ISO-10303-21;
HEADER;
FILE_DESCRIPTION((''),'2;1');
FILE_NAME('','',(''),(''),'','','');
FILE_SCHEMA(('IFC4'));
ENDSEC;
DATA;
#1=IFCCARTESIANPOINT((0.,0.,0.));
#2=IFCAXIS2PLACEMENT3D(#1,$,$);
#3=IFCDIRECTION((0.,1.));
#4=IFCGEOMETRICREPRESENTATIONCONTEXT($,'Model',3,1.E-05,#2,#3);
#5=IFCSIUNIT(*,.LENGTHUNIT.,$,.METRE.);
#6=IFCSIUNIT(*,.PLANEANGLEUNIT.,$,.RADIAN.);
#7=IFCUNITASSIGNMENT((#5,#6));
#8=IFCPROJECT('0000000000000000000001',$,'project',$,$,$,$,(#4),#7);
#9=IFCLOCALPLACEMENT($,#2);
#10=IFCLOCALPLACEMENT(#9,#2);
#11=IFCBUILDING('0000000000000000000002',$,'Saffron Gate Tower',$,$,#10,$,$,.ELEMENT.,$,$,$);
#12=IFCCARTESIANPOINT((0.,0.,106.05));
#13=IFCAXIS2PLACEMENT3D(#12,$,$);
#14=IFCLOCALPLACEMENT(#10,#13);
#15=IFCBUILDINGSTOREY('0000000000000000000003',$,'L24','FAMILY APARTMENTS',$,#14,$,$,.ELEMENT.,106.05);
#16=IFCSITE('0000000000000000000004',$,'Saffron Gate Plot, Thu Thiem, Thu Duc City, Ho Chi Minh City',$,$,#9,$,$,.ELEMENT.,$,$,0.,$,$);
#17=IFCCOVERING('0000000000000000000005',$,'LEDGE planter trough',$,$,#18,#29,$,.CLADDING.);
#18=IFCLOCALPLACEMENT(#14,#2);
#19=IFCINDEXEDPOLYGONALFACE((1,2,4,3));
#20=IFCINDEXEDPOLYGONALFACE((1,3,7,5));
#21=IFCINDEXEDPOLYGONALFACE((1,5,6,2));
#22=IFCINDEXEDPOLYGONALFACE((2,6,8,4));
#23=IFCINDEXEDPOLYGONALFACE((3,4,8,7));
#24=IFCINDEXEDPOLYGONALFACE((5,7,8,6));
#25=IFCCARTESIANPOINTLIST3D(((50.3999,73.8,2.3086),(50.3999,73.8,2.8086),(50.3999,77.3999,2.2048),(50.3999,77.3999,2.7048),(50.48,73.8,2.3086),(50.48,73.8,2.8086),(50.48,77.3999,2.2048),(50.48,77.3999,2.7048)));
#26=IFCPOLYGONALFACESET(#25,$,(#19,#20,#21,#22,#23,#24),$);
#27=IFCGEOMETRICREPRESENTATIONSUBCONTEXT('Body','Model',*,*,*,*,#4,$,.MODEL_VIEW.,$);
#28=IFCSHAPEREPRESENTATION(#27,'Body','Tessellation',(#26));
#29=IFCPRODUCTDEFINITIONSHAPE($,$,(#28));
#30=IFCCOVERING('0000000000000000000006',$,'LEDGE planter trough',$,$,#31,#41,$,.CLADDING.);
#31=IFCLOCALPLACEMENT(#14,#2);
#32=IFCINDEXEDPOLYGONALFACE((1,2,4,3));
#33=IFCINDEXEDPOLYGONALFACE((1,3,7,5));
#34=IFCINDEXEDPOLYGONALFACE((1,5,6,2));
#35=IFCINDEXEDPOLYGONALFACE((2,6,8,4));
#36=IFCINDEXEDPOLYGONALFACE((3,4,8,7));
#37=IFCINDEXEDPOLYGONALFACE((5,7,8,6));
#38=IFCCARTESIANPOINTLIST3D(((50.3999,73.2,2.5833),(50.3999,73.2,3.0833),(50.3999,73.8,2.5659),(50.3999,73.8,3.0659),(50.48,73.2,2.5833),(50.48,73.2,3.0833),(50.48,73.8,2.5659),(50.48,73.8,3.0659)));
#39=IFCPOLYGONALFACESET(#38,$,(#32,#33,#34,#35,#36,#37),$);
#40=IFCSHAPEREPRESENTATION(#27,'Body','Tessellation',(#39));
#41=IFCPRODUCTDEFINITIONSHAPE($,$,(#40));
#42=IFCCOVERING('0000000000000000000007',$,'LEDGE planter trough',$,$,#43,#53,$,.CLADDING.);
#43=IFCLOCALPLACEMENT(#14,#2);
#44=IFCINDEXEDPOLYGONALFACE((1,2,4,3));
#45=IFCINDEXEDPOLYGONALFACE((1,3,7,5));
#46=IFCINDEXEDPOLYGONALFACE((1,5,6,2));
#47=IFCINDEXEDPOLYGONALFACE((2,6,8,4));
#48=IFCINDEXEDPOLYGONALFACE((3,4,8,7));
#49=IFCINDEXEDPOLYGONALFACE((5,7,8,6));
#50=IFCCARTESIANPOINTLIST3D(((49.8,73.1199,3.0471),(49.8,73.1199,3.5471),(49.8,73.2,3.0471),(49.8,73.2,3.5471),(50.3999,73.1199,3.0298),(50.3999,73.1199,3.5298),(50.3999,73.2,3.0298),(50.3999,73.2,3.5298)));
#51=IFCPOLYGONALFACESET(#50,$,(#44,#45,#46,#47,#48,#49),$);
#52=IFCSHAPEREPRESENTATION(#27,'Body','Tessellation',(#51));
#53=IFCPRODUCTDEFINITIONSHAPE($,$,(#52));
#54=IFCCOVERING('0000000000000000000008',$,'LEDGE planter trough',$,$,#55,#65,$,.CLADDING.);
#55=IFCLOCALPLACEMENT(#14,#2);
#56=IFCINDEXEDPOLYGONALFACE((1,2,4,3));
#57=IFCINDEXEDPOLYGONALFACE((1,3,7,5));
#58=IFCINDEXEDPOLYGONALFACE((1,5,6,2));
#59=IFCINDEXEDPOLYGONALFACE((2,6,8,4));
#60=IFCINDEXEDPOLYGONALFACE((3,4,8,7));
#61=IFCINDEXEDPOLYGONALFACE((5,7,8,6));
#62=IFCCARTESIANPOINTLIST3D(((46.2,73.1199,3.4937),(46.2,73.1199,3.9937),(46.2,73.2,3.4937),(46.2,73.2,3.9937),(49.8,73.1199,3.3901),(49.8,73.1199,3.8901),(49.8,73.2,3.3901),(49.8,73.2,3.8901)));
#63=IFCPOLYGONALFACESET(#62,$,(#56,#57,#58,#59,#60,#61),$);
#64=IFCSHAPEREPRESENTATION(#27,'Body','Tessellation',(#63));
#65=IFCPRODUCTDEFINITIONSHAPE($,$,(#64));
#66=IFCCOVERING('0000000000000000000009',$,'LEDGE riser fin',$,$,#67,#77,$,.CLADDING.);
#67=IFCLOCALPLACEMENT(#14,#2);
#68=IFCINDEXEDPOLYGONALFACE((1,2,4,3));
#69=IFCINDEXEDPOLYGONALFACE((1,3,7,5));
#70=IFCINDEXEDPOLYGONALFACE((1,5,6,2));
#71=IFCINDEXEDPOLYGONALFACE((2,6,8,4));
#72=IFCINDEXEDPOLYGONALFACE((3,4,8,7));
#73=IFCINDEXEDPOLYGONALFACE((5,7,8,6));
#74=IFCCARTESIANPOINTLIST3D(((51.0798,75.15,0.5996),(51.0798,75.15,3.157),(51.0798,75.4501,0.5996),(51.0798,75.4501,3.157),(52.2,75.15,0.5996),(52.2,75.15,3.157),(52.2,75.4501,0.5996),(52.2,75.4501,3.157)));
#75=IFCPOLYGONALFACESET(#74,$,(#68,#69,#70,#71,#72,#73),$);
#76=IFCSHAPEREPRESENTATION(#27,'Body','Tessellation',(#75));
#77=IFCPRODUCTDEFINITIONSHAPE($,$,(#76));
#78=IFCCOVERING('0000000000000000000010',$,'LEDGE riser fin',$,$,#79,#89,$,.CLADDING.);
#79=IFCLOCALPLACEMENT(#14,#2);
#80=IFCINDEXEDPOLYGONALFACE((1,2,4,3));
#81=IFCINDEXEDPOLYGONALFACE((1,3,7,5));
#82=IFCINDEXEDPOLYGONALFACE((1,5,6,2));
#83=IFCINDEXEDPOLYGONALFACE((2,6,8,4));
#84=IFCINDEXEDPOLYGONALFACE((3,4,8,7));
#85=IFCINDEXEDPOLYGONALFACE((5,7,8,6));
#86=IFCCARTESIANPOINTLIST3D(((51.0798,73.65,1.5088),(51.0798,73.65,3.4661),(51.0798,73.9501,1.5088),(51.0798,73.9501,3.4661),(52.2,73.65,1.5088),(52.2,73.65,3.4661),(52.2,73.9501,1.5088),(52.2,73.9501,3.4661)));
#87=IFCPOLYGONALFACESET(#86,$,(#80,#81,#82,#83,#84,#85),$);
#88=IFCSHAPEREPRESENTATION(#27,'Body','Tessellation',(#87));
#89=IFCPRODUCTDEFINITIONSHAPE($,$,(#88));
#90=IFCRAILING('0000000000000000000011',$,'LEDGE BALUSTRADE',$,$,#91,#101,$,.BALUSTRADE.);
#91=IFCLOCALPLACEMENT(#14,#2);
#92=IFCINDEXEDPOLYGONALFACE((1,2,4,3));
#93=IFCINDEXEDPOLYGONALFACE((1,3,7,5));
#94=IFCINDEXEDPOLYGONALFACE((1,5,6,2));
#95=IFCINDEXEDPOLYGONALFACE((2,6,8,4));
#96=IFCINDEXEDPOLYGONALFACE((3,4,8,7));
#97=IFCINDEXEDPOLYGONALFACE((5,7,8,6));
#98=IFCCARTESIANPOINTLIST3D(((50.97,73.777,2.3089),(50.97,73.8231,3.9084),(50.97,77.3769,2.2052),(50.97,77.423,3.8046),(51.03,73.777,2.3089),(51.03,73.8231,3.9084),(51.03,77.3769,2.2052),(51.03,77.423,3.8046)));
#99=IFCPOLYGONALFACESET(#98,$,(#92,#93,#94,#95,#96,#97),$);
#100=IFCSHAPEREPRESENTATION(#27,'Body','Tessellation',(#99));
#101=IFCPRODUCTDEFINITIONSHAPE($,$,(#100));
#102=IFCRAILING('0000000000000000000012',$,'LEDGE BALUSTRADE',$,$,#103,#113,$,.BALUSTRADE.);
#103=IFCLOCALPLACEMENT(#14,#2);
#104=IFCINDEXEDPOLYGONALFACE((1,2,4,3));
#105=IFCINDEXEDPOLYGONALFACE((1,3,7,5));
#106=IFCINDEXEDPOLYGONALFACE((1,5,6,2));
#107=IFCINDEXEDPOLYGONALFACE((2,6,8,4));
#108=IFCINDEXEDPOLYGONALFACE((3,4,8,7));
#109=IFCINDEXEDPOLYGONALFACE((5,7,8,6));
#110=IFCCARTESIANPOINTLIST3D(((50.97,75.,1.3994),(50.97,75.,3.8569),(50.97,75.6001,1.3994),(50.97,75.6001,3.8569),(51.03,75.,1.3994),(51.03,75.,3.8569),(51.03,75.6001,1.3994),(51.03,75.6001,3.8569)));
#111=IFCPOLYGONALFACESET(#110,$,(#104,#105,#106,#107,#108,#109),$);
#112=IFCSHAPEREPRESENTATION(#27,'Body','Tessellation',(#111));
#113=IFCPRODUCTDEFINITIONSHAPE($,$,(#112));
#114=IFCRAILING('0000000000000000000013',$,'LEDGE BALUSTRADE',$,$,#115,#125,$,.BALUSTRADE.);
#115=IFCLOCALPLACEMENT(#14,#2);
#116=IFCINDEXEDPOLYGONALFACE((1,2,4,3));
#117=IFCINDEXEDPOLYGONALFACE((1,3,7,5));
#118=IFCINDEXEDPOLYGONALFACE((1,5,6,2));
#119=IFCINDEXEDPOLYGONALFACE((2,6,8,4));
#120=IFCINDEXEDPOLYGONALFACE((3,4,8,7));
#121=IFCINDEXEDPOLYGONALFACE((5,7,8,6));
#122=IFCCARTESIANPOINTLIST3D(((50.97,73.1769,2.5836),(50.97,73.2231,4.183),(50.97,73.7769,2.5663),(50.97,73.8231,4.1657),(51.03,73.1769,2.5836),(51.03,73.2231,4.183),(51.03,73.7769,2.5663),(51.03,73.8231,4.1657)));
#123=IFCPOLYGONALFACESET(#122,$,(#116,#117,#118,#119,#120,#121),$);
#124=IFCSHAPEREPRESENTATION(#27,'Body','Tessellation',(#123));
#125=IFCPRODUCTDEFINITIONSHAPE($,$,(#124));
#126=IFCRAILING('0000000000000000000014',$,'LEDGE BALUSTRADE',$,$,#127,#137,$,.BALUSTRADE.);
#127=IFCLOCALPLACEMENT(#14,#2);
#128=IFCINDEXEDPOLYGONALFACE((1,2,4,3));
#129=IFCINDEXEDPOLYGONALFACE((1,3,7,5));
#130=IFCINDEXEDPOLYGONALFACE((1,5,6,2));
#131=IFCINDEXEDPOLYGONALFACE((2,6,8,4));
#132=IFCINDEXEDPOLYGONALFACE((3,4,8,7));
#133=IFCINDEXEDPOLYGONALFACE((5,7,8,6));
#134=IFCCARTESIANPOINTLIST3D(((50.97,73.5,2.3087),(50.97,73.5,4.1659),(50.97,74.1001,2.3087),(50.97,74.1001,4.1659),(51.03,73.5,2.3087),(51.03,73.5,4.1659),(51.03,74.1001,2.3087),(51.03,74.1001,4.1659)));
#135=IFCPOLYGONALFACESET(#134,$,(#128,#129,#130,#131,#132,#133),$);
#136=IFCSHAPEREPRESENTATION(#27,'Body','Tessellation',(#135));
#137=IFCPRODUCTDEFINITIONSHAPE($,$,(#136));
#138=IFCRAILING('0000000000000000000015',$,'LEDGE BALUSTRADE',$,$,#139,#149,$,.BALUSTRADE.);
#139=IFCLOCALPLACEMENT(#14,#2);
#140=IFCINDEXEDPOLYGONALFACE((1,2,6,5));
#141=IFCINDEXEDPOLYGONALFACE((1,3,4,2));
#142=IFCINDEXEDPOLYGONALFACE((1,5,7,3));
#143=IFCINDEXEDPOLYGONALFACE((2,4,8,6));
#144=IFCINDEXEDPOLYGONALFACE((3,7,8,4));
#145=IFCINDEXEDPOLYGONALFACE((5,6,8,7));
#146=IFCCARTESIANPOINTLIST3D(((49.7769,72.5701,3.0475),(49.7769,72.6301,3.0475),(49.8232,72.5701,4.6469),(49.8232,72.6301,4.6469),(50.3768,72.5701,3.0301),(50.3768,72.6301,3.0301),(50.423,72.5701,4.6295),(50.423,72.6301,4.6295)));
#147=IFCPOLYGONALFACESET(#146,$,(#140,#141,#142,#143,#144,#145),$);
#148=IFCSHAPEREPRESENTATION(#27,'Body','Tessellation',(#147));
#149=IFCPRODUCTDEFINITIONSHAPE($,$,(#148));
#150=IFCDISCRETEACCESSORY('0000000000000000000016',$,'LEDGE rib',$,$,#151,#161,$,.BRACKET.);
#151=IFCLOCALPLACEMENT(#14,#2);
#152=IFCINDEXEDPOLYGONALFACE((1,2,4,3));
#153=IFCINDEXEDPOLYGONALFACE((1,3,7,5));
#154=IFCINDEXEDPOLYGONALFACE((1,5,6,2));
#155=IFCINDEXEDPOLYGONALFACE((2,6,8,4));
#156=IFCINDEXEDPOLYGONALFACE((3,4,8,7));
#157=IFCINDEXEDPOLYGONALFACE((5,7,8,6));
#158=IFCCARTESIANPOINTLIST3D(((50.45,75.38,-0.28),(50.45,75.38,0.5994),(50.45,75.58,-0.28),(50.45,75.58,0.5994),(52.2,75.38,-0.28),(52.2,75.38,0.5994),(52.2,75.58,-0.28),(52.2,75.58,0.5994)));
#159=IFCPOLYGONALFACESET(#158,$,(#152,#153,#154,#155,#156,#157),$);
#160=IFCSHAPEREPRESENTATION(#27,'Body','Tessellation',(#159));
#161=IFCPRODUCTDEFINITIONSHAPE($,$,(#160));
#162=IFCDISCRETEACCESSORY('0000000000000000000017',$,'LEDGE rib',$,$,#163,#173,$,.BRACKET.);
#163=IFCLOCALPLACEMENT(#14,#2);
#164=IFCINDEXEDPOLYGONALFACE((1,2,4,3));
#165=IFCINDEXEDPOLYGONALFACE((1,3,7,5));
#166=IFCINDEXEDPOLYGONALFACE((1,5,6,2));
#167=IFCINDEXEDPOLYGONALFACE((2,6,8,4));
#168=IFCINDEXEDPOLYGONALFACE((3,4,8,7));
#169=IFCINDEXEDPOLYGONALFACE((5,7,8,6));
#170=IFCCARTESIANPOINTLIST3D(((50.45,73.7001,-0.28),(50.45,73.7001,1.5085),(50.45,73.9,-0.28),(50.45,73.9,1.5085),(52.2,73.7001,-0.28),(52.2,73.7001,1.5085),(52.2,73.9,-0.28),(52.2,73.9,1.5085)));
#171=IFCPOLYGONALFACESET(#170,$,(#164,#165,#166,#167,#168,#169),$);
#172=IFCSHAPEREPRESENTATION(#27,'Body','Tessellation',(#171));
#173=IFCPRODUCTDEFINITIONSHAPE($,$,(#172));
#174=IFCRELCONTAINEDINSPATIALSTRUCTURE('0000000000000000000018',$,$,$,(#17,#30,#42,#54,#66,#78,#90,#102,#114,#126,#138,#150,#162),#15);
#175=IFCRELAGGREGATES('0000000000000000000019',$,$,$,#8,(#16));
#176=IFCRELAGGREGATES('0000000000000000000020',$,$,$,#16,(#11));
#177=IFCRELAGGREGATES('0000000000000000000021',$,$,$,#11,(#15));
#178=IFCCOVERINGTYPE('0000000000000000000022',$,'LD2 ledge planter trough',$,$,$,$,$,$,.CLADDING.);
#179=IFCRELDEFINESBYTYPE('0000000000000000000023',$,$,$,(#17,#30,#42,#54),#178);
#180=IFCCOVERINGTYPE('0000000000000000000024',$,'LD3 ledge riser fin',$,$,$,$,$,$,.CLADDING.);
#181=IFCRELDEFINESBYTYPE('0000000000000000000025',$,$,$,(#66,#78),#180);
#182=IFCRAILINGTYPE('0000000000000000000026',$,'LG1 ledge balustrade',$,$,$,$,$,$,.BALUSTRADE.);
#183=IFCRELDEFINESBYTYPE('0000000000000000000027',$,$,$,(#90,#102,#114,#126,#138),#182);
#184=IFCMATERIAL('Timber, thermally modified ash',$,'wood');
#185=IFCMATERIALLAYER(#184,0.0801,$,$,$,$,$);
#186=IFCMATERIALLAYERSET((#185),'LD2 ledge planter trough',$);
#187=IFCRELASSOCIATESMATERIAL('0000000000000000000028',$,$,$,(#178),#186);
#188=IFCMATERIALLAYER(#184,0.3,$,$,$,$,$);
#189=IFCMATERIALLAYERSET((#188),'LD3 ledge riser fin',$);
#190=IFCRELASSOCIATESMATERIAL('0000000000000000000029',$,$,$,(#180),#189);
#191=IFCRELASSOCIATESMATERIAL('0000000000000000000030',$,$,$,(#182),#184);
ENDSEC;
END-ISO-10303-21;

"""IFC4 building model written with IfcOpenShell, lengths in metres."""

from ifc_helpers import new_model, si_unit, direction, frame, origin, origin_2d, place, context, subcontext, project, spatial, polyline, rectangle, outline, extrude, material, layer, layer_set, type_object, element, save


model = new_model("IFC4")

# Units and contexts
model_context = context("Model", 3, precision=1e-05, world=origin(), true_north=direction((0.0, 1.0)))
body_context = subcontext(model_context, "Body", "Model", "MODEL_VIEW")
ifc_project = project(units=[si_unit("LENGTHUNIT", "METRE"), si_unit("PLANEANGLEUNIT", "RADIAN")], contexts=[model_context])

# Site, building, storey
site_placement = place(None, origin())
site = spatial("IfcSite", under=ifc_project, at=site_placement, Name="Saffron Gate Plot, Thu Thiem, Thu Duc City, Ho Chi Minh City", CompositionType="ELEMENT", RefElevation=0.0)
building_placement = place(site_placement, origin())
building = spatial("IfcBuilding", under=site, at=building_placement, Name="Saffron Gate Tower", CompositionType="ELEMENT")
storey_placement = place(building_placement, frame((0.0, 0.0, 106.05)))
storey = spatial("IfcBuildingStorey", under=building, at=storey_placement, Name="L24", Description="FAMILY APARTMENTS", CompositionType="ELEMENT", Elevation=106.05)

# Coverings
ifc_material = material(Name="Timber, thermally modified ash", Category="wood")
ifc_layer_1 = layer(ifc_material, 0.0801)
ifc_layer_set_1 = layer_set([ifc_layer_1], Name="LD2 ledge planter trough")
covering_type_1 = type_object("IfcCoveringType", Name="LD2 ledge planter trough", PredefinedType="CLADDING", material=ifc_layer_set_1)
covering_1_placement = place(storey_placement, frame((50.3999, 77.3999, 2.2048), z_axis=(-1.0, 0.0, 0.0), x_axis=(0.0, -0.999585, 0.028811)))
element("IfcCovering", 1, at=covering_1_placement, inside=storey, type_object=covering_type_1, Name="LEDGE planter trough", PredefinedType="CLADDING", context=body_context, shape_type="SweptSolid", body=[
    extrude(outline(polyline([(0.0, 0.0), (3.6013, 0.0), (3.6158, 0.4998), (0.0144, 0.4998), (0.0, 0.0)])), origin(), (0.0, 0.0, -1.0), 0.0801),
])
covering_2_placement = place(storey_placement, frame((50.3999, 73.8, 2.5659), z_axis=(-1.0, 0.0, 0.0), x_axis=(0.0, -0.999583, 0.028873)))
element("IfcCovering", 2, at=covering_2_placement, inside=storey, type_object=covering_type_1, Name="LEDGE planter trough", PredefinedType="CLADDING", context=body_context, shape_type="SweptSolid", body=[
    extrude(outline(polyline([(0.0, 0.0), (0.6003, 0.0), (0.6148, 0.4998), (0.0144, 0.4998), (0.0, 0.0)])), origin(), (0.0, 0.0, -1.0), 0.0801),
])
covering_3_placement = place(storey_placement, frame((50.3999, 73.2, 3.0298), z_axis=(0.0, 1.0, 0.0), x_axis=(-0.999583, 0.0, 0.028885)))
element("IfcCovering", 3, at=covering_3_placement, inside=storey, type_object=covering_type_1, Name="LEDGE planter trough", PredefinedType="CLADDING", context=body_context, shape_type="SweptSolid", body=[
    extrude(outline(polyline([(0.0, 0.0), (0.6001, 0.0), (0.6145, 0.4998), (0.0144, 0.4998), (0.0, 0.0)])), origin(), (0.0, 0.0, -1.0), 0.0801),
])
covering_4_placement = place(storey_placement, frame((49.8, 73.2, 3.3901), z_axis=(0.0, 1.0, 0.0), x_axis=(-0.999587, 0.0, 0.028742)))
element("IfcCovering", 4, at=covering_4_placement, inside=storey, type_object=covering_type_1, Name="LEDGE planter trough", PredefinedType="CLADDING", context=body_context, shape_type="SweptSolid", body=[
    extrude(outline(polyline([(0.0, 0.0), (3.6016, 0.0), (3.616, 0.4998), (0.0144, 0.4998), (0.0, 0.0)])), origin(), (0.0, 0.0, -1.0), 0.0801),
])
ifc_layer_2 = layer(ifc_material, 0.3)
ifc_layer_set_2 = layer_set([ifc_layer_2], Name="LD3 ledge riser fin")
covering_type_2 = type_object("IfcCoveringType", Name="LD3 ledge riser fin", PredefinedType="CLADDING", material=ifc_layer_set_2)
covering_5_placement = place(storey_placement, frame((51.6399, 75.3, 0.5996), z_axis=(0.0, 0.0, 1.0), x_axis=(0.0, -1.0, 0.0)))
element("IfcCovering", 5, at=covering_5_placement, inside=storey, type_object=covering_type_2, Name="LEDGE riser fin", PredefinedType="CLADDING", context=body_context, shape_type="SweptSolid", body=[
    extrude(rectangle(XDim=0.3, YDim=1.1201, at=origin_2d()), origin(), (0.0, 0.0, 1.0), 2.5574),
])
covering_6_placement = place(storey_placement, frame((51.6399, 73.8, 1.5088), z_axis=(0.0, 0.0, 1.0), x_axis=(0.0, -1.0, 0.0)))
element("IfcCovering", 6, at=covering_6_placement, inside=storey, type_object=covering_type_2, Name="LEDGE riser fin", PredefinedType="CLADDING", context=body_context, shape_type="SweptSolid", body=[
    extrude(rectangle(XDim=0.3, YDim=1.1201, at=origin_2d()), origin(), (0.0, 0.0, 1.0), 1.9573),
])

# Railings
railing_type = type_object("IfcRailingType", Name="LG1 ledge balustrade", PredefinedType="BALUSTRADE", material=ifc_material)
railing_1_placement = place(storey_placement, frame((51.0, 77.3999, 2.2048)))
element("IfcRailing", 7, at=railing_1_placement, inside=storey, type_object=railing_type, Name="LEDGE BALUSTRADE", PredefinedType="BALUSTRADE", context=body_context, shape_type="SweptSolid", body=[
    extrude(rectangle(XDim=0.0601, YDim=1.6001, at=origin_2d()), frame((0.0, 0.0, 0.8), z_axis=(0.0, -0.999585, 0.028811), x_axis=(1.0, 0.0, 0.0)), (0.0, 0.0, 1.0), 3.6013),
])
railing_2_placement = place(storey_placement, frame((51.0, 75.6001, 1.3994)))
element("IfcRailing", 8, at=railing_2_placement, inside=storey, type_object=railing_type, Name="LEDGE BALUSTRADE", PredefinedType="BALUSTRADE", context=body_context, shape_type="SweptSolid", body=[
    extrude(rectangle(XDim=0.0601, YDim=2.4575, at=origin_2d()), frame((0.0, 0.0, 1.2288), z_axis=(0.0, -1.0, 0.0), x_axis=(1.0, 0.0, 0.0)), (0.0, 0.0, 1.0), 0.6001),
])
railing_3_placement = place(storey_placement, frame((51.0, 73.8, 2.5659)))
element("IfcRailing", 9, at=railing_3_placement, inside=storey, type_object=railing_type, Name="LEDGE BALUSTRADE", PredefinedType="BALUSTRADE", context=body_context, shape_type="SweptSolid", body=[
    extrude(rectangle(XDim=0.0601, YDim=1.6001, at=origin_2d()), frame((0.0, 0.0, 0.8), z_axis=(0.0, -0.999583, 0.028873), x_axis=(1.0, 0.0, 0.0)), (0.0, 0.0, 1.0), 0.6003),
])
railing_4_placement = place(storey_placement, frame((51.0, 74.1001, 2.3086)))
element("IfcRailing", 10, at=railing_4_placement, inside=storey, type_object=railing_type, Name="LEDGE BALUSTRADE", PredefinedType="BALUSTRADE", context=body_context, shape_type="SweptSolid", body=[
    extrude(rectangle(XDim=0.0601, YDim=1.8572, at=origin_2d()), frame((0.0, 0.0, 0.9287), z_axis=(0.0, -1.0, 0.0), x_axis=(1.0, 0.0, 0.0)), (0.0, 0.0, 1.0), 0.6001),
])
railing_5_placement = place(storey_placement, frame((50.3999, 72.6001, 3.0298)))
element("IfcRailing", 11, at=railing_5_placement, inside=storey, type_object=railing_type, Name="LEDGE BALUSTRADE", PredefinedType="BALUSTRADE", context=body_context, shape_type="SweptSolid", body=[
    extrude(rectangle(XDim=0.0601, YDim=1.6001, at=origin_2d()), frame((0.0, 0.0, 0.8), z_axis=(-0.999583, 0.0, 0.028885), x_axis=(0.0, -1.0, 0.0)), (0.0, 0.0, 1.0), 0.6001),
])

# Discrete accessories
discrete_accessory_1_placement = place(storey_placement, frame((51.325, 75.48, -0.28), z_axis=(0.0, 0.0, 1.0), x_axis=(0.0, -1.0, 0.0)))
element("IfcDiscreteAccessory", 12, at=discrete_accessory_1_placement, inside=storey, Name="LEDGE rib", PredefinedType="BRACKET", context=body_context, shape_type="SweptSolid", body=[
    extrude(rectangle(XDim=0.2, YDim=1.75, at=origin_2d()), origin(), (0.0, 0.0, 1.0), 0.8794),
])
discrete_accessory_2_placement = place(storey_placement, frame((51.325, 73.8, -0.28), z_axis=(0.0, 0.0, 1.0), x_axis=(0.0, -1.0, 0.0)))
element("IfcDiscreteAccessory", 13, at=discrete_accessory_2_placement, inside=storey, Name="LEDGE rib", PredefinedType="BRACKET", context=body_context, shape_type="SweptSolid", body=[
    extrude(rectangle(XDim=0.2, YDim=1.75, at=origin_2d()), origin(), (0.0, 0.0, 1.0), 1.7886),
])

save(model, "model.ifc")
